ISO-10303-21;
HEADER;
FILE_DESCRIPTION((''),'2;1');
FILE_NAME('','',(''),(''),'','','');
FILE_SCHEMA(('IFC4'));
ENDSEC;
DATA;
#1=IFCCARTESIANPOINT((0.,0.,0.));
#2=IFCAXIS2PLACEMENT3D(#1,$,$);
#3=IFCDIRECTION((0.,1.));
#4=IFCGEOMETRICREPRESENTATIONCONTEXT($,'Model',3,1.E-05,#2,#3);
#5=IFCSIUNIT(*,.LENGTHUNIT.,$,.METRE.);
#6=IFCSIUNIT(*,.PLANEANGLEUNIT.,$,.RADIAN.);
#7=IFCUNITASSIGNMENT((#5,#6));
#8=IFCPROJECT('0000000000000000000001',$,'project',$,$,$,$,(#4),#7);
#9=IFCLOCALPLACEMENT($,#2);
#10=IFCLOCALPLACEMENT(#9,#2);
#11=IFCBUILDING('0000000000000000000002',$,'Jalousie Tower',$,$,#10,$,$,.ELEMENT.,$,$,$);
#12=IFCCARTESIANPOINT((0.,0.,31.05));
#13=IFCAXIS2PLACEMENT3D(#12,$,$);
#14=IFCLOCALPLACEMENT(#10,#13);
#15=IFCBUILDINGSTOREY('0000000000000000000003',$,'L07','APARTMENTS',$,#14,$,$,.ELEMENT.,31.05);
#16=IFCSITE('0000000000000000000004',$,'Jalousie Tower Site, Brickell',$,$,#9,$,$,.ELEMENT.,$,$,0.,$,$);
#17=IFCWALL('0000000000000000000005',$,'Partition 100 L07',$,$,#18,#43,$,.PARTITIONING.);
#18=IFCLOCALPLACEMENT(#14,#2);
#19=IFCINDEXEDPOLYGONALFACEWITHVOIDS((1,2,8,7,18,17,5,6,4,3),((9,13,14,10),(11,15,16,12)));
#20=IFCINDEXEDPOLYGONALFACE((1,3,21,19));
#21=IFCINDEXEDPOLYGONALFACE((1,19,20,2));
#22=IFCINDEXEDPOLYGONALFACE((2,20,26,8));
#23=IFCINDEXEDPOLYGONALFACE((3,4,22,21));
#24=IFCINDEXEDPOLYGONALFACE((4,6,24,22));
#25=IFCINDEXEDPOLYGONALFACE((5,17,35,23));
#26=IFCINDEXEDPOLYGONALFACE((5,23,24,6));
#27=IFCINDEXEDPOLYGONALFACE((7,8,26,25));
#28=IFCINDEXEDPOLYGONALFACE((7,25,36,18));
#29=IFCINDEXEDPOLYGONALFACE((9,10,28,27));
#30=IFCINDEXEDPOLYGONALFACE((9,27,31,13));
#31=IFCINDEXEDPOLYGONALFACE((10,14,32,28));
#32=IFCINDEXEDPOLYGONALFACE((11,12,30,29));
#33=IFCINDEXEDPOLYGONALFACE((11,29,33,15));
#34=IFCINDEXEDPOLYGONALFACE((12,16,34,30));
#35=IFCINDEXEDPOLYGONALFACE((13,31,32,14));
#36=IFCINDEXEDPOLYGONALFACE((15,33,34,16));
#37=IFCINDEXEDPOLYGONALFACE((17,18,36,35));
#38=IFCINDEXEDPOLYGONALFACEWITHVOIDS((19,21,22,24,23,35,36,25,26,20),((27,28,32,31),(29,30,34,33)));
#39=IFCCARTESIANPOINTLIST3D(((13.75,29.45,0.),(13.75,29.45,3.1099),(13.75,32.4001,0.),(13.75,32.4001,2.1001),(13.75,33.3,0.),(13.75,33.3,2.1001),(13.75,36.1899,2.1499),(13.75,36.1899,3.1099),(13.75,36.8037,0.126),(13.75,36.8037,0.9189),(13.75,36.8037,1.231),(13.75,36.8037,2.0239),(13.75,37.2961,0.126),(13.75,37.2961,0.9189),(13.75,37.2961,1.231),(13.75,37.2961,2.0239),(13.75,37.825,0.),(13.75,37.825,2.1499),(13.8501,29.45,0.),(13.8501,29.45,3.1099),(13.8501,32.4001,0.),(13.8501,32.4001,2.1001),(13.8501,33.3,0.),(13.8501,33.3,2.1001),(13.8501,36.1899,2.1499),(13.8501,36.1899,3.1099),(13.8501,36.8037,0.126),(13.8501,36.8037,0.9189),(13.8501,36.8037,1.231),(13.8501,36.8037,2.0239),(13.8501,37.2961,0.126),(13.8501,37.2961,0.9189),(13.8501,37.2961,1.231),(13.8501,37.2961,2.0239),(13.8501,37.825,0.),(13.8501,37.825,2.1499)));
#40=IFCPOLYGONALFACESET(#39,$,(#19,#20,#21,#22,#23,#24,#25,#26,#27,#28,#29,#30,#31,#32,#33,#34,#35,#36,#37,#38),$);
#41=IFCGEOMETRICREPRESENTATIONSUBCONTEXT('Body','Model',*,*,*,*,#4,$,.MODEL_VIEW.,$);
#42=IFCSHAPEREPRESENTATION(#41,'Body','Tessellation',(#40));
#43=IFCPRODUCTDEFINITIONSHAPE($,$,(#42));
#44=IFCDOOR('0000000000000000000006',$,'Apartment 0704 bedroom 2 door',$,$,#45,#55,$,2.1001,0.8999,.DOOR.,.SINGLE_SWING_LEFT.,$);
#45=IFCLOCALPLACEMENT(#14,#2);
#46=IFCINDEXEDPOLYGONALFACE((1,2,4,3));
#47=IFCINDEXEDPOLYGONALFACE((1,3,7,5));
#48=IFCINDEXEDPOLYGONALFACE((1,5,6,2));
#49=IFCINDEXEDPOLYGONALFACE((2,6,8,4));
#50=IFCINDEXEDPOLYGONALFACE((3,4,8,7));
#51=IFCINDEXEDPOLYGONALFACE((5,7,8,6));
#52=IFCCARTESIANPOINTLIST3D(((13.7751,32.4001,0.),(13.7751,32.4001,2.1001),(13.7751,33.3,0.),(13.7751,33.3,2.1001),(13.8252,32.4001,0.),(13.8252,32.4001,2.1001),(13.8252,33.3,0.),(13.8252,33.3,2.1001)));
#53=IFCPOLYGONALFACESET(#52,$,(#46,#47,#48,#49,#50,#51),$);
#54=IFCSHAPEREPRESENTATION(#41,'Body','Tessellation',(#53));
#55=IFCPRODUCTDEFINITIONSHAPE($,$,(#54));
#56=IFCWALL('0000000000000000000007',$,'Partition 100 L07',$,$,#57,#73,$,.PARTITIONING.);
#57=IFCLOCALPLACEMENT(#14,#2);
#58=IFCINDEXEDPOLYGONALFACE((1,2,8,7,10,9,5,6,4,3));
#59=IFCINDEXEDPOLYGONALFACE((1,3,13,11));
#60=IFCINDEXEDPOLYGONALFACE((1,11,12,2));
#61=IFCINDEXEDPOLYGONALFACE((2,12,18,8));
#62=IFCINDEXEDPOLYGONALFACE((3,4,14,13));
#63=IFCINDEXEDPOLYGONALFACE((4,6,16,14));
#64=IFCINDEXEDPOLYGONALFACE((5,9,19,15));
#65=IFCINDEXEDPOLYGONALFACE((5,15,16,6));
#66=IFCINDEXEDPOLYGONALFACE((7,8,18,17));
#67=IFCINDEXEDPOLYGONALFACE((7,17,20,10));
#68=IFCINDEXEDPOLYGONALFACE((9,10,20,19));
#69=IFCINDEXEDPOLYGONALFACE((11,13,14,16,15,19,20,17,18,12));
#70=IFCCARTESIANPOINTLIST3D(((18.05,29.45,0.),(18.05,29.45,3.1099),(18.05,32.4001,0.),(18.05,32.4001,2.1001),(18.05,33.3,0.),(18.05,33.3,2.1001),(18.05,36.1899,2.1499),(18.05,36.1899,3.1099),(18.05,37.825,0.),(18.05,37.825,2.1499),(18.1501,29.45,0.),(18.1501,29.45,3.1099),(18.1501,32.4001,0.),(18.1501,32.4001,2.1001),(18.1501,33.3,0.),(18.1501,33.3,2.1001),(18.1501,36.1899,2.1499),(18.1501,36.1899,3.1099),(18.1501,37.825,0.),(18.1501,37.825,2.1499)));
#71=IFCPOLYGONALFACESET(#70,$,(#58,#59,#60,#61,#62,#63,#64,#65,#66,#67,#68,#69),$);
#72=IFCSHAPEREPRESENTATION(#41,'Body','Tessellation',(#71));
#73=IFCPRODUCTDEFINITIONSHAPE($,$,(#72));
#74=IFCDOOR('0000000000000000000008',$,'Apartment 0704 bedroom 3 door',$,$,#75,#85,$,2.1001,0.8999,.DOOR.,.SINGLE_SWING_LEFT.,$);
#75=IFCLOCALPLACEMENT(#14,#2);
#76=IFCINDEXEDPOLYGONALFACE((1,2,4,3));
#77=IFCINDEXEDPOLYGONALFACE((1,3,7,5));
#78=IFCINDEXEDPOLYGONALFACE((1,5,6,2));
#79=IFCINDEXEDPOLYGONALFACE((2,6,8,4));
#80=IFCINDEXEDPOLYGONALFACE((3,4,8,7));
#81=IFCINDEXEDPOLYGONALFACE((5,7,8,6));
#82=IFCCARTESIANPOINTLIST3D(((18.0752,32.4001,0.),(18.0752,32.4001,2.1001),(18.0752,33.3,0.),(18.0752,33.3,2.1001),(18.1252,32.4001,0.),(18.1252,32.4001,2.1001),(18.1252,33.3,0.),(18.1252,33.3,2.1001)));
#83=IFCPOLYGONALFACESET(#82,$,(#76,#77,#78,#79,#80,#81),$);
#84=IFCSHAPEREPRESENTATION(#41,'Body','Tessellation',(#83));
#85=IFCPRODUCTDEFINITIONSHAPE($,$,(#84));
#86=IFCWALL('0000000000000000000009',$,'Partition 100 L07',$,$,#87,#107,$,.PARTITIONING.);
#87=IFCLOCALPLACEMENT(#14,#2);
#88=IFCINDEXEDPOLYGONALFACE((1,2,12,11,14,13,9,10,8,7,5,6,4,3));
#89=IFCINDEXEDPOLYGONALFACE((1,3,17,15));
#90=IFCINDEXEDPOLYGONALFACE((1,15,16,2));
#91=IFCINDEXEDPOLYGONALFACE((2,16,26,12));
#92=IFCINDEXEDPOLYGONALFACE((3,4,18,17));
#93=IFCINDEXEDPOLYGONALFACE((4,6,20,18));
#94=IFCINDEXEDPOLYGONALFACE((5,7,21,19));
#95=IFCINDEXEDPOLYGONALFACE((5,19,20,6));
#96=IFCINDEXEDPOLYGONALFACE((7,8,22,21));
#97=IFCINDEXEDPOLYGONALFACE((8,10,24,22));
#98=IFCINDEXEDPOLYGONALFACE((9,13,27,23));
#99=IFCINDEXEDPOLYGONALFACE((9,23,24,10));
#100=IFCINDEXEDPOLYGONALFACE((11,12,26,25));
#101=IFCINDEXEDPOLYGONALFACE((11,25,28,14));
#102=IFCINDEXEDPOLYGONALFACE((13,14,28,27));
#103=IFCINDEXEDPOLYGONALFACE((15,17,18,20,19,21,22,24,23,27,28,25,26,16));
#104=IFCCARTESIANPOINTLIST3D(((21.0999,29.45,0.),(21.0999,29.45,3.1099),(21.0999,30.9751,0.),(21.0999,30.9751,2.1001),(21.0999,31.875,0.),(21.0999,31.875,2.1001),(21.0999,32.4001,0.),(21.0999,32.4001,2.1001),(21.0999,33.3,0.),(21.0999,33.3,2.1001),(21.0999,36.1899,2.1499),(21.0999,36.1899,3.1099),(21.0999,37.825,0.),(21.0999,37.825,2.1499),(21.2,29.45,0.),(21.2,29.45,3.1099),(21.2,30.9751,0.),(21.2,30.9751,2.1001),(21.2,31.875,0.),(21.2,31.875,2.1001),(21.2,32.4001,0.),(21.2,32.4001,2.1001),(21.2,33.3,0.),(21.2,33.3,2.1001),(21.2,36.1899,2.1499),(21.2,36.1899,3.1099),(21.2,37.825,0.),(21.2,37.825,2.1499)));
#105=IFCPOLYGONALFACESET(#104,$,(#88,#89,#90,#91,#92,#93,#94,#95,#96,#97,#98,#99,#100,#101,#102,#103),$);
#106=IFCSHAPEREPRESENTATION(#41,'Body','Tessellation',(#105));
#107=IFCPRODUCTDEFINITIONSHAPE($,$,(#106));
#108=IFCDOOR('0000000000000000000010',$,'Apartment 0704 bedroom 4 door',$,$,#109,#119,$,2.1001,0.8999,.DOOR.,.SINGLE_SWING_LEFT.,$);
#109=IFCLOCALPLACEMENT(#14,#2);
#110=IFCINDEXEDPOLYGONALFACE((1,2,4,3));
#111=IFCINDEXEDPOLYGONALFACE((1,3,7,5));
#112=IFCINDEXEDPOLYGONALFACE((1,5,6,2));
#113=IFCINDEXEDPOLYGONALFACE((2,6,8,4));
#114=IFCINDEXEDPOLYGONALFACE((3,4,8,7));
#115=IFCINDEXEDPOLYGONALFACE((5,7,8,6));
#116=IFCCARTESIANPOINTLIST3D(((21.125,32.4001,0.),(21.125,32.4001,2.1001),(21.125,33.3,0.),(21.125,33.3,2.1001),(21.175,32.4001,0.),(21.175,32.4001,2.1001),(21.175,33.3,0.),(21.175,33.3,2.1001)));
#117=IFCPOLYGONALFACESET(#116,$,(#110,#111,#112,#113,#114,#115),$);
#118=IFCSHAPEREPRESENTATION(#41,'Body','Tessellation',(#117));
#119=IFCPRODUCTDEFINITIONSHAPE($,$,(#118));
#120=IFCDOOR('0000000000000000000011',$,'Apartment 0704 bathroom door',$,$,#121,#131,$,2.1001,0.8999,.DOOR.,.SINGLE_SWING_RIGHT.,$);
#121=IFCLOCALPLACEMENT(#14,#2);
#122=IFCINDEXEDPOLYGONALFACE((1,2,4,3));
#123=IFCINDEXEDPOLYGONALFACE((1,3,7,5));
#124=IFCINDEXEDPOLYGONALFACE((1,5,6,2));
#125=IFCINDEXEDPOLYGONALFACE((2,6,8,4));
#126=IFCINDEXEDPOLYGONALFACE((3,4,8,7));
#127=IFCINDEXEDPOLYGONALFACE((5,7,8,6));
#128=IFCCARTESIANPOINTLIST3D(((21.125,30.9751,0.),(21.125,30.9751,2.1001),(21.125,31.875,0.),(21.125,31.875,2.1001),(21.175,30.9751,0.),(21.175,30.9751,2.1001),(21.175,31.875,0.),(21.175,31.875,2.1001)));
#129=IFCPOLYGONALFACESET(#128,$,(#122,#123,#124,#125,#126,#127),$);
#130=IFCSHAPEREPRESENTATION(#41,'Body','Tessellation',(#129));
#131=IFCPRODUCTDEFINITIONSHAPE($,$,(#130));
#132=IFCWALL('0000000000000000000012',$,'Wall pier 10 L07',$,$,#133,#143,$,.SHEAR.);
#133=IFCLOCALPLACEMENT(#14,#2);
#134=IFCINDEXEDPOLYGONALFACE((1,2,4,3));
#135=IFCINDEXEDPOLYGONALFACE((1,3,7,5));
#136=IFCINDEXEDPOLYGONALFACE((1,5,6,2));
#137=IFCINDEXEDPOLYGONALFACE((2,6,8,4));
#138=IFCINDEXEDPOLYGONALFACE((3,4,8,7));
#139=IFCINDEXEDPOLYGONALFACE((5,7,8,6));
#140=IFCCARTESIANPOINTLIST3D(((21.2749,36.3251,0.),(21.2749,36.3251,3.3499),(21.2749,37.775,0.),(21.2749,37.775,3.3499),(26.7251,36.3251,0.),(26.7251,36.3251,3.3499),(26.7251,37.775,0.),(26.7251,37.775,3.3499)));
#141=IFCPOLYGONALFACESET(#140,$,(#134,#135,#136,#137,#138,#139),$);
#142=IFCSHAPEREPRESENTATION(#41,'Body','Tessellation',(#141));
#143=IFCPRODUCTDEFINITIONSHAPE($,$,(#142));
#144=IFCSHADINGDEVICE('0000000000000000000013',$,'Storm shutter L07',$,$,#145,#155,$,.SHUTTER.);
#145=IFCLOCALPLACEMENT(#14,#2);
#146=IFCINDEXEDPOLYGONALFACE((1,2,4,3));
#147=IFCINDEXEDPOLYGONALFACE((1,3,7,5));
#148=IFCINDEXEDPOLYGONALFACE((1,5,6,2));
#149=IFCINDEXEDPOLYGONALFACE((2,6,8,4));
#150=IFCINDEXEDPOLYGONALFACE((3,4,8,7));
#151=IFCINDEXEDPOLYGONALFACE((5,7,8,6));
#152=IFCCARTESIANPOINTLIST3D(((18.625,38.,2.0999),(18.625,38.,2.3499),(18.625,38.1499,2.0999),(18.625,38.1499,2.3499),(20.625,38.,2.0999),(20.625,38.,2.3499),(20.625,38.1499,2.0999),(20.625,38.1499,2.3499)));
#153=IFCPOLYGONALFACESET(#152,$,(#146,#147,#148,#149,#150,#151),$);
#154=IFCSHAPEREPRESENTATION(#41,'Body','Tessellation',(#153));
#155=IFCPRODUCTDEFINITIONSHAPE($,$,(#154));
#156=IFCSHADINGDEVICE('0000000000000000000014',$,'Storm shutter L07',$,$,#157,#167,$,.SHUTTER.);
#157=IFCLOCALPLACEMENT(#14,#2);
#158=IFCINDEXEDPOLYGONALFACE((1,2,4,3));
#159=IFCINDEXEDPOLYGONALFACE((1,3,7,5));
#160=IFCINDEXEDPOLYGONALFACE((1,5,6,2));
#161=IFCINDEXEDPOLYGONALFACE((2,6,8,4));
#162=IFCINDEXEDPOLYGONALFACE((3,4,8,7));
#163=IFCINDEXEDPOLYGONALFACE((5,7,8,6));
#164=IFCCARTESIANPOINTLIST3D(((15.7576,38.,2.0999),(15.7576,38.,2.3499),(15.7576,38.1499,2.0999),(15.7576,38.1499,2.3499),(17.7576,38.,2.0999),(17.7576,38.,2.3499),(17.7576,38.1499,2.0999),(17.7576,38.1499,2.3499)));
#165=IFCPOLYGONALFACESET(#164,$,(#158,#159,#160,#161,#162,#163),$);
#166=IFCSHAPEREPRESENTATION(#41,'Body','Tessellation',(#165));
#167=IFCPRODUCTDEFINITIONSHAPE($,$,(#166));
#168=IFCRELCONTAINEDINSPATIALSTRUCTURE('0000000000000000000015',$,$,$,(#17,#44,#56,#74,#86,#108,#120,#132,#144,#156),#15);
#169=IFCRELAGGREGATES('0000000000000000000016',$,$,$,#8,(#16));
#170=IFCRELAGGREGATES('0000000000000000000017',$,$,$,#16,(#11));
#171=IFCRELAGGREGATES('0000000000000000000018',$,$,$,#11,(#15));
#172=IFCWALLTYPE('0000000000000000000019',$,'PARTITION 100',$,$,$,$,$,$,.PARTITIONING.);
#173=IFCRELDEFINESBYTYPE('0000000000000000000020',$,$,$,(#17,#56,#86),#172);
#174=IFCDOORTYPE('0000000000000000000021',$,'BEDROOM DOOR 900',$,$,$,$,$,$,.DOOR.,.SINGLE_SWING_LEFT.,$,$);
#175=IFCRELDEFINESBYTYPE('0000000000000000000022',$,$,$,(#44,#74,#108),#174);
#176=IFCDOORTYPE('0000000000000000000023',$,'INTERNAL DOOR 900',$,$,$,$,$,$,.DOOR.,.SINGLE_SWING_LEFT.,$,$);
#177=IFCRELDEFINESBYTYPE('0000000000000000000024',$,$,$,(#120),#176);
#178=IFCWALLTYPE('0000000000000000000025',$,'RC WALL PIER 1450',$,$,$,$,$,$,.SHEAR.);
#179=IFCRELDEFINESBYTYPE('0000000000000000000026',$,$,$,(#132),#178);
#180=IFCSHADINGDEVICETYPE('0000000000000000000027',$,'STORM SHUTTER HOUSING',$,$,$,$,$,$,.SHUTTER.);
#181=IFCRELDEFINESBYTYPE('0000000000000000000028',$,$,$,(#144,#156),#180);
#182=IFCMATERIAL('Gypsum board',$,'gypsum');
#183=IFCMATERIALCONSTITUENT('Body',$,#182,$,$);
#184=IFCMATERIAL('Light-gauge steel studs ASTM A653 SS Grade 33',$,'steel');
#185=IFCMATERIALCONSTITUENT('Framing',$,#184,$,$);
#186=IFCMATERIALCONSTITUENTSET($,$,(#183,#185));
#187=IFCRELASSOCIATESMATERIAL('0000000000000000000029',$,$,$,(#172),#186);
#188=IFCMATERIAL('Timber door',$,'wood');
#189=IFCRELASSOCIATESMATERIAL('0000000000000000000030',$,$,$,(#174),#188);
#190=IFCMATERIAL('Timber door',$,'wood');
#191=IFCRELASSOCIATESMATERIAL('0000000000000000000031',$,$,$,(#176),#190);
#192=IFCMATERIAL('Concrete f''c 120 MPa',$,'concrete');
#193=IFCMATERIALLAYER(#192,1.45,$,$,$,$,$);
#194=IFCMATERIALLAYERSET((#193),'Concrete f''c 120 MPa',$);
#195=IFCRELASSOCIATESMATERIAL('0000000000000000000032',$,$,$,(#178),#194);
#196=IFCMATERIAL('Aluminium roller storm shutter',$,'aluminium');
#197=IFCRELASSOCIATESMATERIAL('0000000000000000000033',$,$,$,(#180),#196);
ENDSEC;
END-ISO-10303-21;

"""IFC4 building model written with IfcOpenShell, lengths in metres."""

from ifc_helpers import new_model, si_unit, direction, frame, frame_2d, origin, origin_2d, place, context, subcontext, project, spatial, polyline, rectangle, outline, extrude, material, layer, layer_set, constituent, constituent_set, type_object, element, fill, save


model = new_model("IFC4")

# Units and contexts
model_context = context("Model", 3, precision=1e-05, world=origin(), true_north=direction((0.0, 1.0)))
body_context = subcontext(model_context, "Body", "Model", "MODEL_VIEW")
ifc_project = project(units=[si_unit("LENGTHUNIT", "METRE"), si_unit("PLANEANGLEUNIT", "RADIAN")], contexts=[model_context])

# Site, building, storey
site_placement = place(None, origin())
site = spatial("IfcSite", under=ifc_project, at=site_placement, Name="Jalousie Tower Site, Brickell", CompositionType="ELEMENT", RefElevation=0.0)
building_placement = place(site_placement, origin())
building = spatial("IfcBuilding", under=site, at=building_placement, Name="Jalousie Tower", CompositionType="ELEMENT")
storey_placement = place(building_placement, frame((0.0, 0.0, 31.05)))
storey = spatial("IfcBuildingStorey", under=building, at=storey_placement, Name="L07", Description="APARTMENTS", CompositionType="ELEMENT", Elevation=31.05)

# Walls, openings, doors
ifc_material_1 = material(Name="Gypsum board", Category="gypsum")
ifc_constituent_1 = constituent(ifc_material_1, Name="Body")
ifc_material_2 = material(Name="Light-gauge steel studs ASTM A653 SS Grade 33", Category="steel")
ifc_constituent_2 = constituent(ifc_material_2, Name="Framing")
ifc_constituent_set = constituent_set(constituents=[ifc_constituent_1, ifc_constituent_2])
wall_type_1 = type_object("IfcWallType", Name="PARTITION 100", PredefinedType="PARTITIONING", material=ifc_constituent_set)
wall_1_placement = place(storey_placement, frame((13.8, 37.825, 0.0), z_axis=(0.0, 0.0, 1.0), x_axis=(0.0, -1.0, 0.0)))
wall_1 = element("IfcWall", 1, at=wall_1_placement, inside=storey, type_object=wall_type_1, Name="Partition 100 L07", PredefinedType="PARTITIONING", context=body_context, shape_type="SweptSolid", body=[
    extrude(outline(polyline([(1.635, 2.1499), (0.0, 2.1499), (0.0, 0.0), (8.375, 0.0), (8.375, 3.1099), (1.635, 3.1099), (1.635, 2.1499)]), holes=[polyline([(1.0212, 0.126), (0.5288, 0.126), (0.5288, 0.9189), (1.0212, 0.9189), (1.0212, 0.126)]), polyline([(1.0212, 1.231), (0.5288, 1.231), (0.5288, 2.0239), (1.0212, 2.0239), (1.0212, 1.231)])]), frame((0.0, 0.05, 0.0), z_axis=(0.0, -1.0, 0.0), x_axis=(1.0, 0.0, 0.0)), (0.0, 0.0, 1.0), 0.1001),
])
opening_1_placement = place(wall_1_placement, frame((4.5249, 0.0, 0.0)))
opening_1 = element("IfcOpeningElement", 2, at=opening_1_placement, cuts=wall_1, PredefinedType="OPENING", context=body_context, shape_type="SweptSolid", body=[
    extrude(rectangle(XDim=0.8999, YDim=2.1001, at=frame_2d((0.45, 1.05))), frame((0.0, 0.0601, 0.0), z_axis=(0.0, -1.0, 0.0), x_axis=(1.0, 0.0, 0.0)), (0.0, 0.0, 1.0), 0.1201),
])
ifc_material_3 = material(Name="Timber door", Category="wood")
door_type_1 = type_object("IfcDoorType", Name="BEDROOM DOOR 900", OperationType="SINGLE_SWING_LEFT", PredefinedType="DOOR", material=ifc_material_3)
door_1_placement = place(opening_1_placement, frame((0.8999, 0.0, 0.0), z_axis=(0.0, 0.0, 1.0), x_axis=(-1.0, 0.0, 0.0)))
door_1 = element("IfcDoor", 3, at=door_1_placement, inside=storey, type_object=door_type_1, Name="Apartment 0704 bedroom 2 door", OperationType="SINGLE_SWING_LEFT", OverallHeight=2.1001, OverallWidth=0.8999, PredefinedType="DOOR", context=body_context, shape_type="SweptSolid", body=[
    extrude(rectangle(XDim=0.8999, YDim=2.1001, at=frame_2d((0.45, 1.05))), frame((0.0, 0.0249, 0.0), z_axis=(0.0, -1.0, 0.0), x_axis=(1.0, 0.0, 0.0)), (0.0, 0.0, 1.0), 0.05),
])
fill(opening_1, door_1)
wall_2_placement = place(storey_placement, frame((18.1001, 37.825, 0.0), z_axis=(0.0, 0.0, 1.0), x_axis=(0.0, -1.0, 0.0)))
wall_2 = element("IfcWall", 4, at=wall_2_placement, inside=storey, type_object=wall_type_1, Name="Partition 100 L07", PredefinedType="PARTITIONING", context=body_context, shape_type="SweptSolid", body=[
    extrude(outline(polyline([(0.0, 0.0), (8.375, 0.0), (8.375, 3.1099), (1.635, 3.1099), (1.635, 2.1499), (0.0, 2.1499), (0.0, 3.1099), (0.0, 0.0)])), frame((0.0, 0.05, 0.0), z_axis=(0.0, -1.0, 0.0), x_axis=(1.0, 0.0, 0.0)), (0.0, 0.0, 1.0), 0.1001),
])
opening_2_placement = place(wall_2_placement, frame((4.5249, 0.0, 0.0)))
opening_2 = element("IfcOpeningElement", 5, at=opening_2_placement, cuts=wall_2, PredefinedType="OPENING", context=body_context, shape_type="SweptSolid", body=[
    extrude(rectangle(XDim=0.8999, YDim=2.1001, at=frame_2d((0.45, 1.05))), frame((0.0, 0.0601, 0.0), z_axis=(0.0, -1.0, 0.0), x_axis=(1.0, 0.0, 0.0)), (0.0, 0.0, 1.0), 0.1201),
])
door_2_placement = place(opening_2_placement, frame((0.8999, 0.0, 0.0), z_axis=(0.0, 0.0, 1.0), x_axis=(-1.0, 0.0, 0.0)))
door_2 = element("IfcDoor", 6, at=door_2_placement, inside=storey, type_object=door_type_1, Name="Apartment 0704 bedroom 3 door", OperationType="SINGLE_SWING_LEFT", OverallHeight=2.1001, OverallWidth=0.8999, PredefinedType="DOOR", context=body_context, shape_type="SweptSolid", body=[
    extrude(rectangle(XDim=0.8999, YDim=2.1001, at=frame_2d((0.45, 1.05))), frame((0.0, 0.0249, 0.0), z_axis=(0.0, -1.0, 0.0), x_axis=(1.0, 0.0, 0.0)), (0.0, 0.0, 1.0), 0.05),
])
fill(opening_2, door_2)

# Wall, openings, doors
wall_3_placement = place(storey_placement, frame((21.1499, 37.825, 0.0), z_axis=(0.0, 0.0, 1.0), x_axis=(0.0, -1.0, 0.0)))
wall_3 = element("IfcWall", 7, at=wall_3_placement, inside=storey, type_object=wall_type_1, Name="Partition 100 L07", PredefinedType="PARTITIONING", context=body_context, shape_type="SweptSolid", body=[
    extrude(outline(polyline([(0.0, 0.0), (8.375, 0.0), (8.375, 3.1099), (1.635, 3.1099), (1.635, 2.1499), (0.0, 2.1499), (0.0, 3.1099), (0.0, 0.0)])), frame((0.0, 0.05, 0.0), z_axis=(0.0, -1.0, 0.0), x_axis=(1.0, 0.0, 0.0)), (0.0, 0.0, 1.0), 0.1001),
])
opening_3_placement = place(wall_3_placement, frame((4.5249, 0.0, 0.0)))
opening_3 = element("IfcOpeningElement", 8, at=opening_3_placement, cuts=wall_3, PredefinedType="OPENING", context=body_context, shape_type="SweptSolid", body=[
    extrude(rectangle(XDim=0.8999, YDim=2.1001, at=frame_2d((0.45, 1.05))), frame((0.0, 0.0601, 0.0), z_axis=(0.0, -1.0, 0.0), x_axis=(1.0, 0.0, 0.0)), (0.0, 0.0, 1.0), 0.1201),
])
opening_4_placement = place(wall_3_placement, frame((5.95, 0.0, 0.0)))
opening_4 = element("IfcOpeningElement", 9, at=opening_4_placement, cuts=wall_3, PredefinedType="OPENING", context=body_context, shape_type="SweptSolid", body=[
    extrude(rectangle(XDim=0.8999, YDim=2.1001, at=frame_2d((0.45, 1.05))), frame((0.0, 0.0601, 0.0), z_axis=(0.0, -1.0, 0.0), x_axis=(1.0, 0.0, 0.0)), (0.0, 0.0, 1.0), 0.1201),
])
door_3_placement = place(opening_3_placement, frame((0.8999, 0.0, 0.0), z_axis=(0.0, 0.0, 1.0), x_axis=(-1.0, 0.0, 0.0)))
door_3 = element("IfcDoor", 10, at=door_3_placement, inside=storey, type_object=door_type_1, Name="Apartment 0704 bedroom 4 door", OperationType="SINGLE_SWING_LEFT", OverallHeight=2.1001, OverallWidth=0.8999, PredefinedType="DOOR", context=body_context, shape_type="SweptSolid", body=[
    extrude(rectangle(XDim=0.8999, YDim=2.1001, at=frame_2d((0.45, 1.05))), frame((0.0, 0.0249, 0.0), z_axis=(0.0, -1.0, 0.0), x_axis=(1.0, 0.0, 0.0)), (0.0, 0.0, 1.0), 0.05),
])
fill(opening_3, door_3)
ifc_material_4 = material(Name="Timber door", Category="wood")
door_type_2 = type_object("IfcDoorType", Name="INTERNAL DOOR 900", OperationType="SINGLE_SWING_LEFT", PredefinedType="DOOR", material=ifc_material_4)
door_4_placement = place(opening_4_placement, frame((0.8999, 0.0, 0.0), z_axis=(0.0, 0.0, 1.0), x_axis=(-1.0, 0.0, 0.0)))
door_4 = element("IfcDoor", 11, at=door_4_placement, inside=storey, type_object=door_type_2, Name="Apartment 0704 bathroom door", OperationType="SINGLE_SWING_RIGHT", OverallHeight=2.1001, OverallWidth=0.8999, PredefinedType="DOOR", context=body_context, shape_type="SweptSolid", body=[
    extrude(rectangle(XDim=0.8999, YDim=2.1001, at=frame_2d((0.45, 1.05))), frame((0.0, 0.0249, 0.0), z_axis=(0.0, -1.0, 0.0), x_axis=(1.0, 0.0, 0.0)), (0.0, 0.0, 1.0), 0.05),
])
fill(opening_4, door_4)

# Wall
ifc_material_5 = material(Name="Concrete f'c 120 MPa", Category="concrete")
ifc_layer_1 = layer(ifc_material_5, 1.45)
ifc_layer_set_1 = layer_set([ifc_layer_1], Name="Concrete f'c 120 MPa")
wall_type_2 = type_object("IfcWallType", Name="RC WALL PIER 1450", PredefinedType="SHEAR", material=ifc_layer_set_1)
wall_4_placement = place(storey_placement, frame((21.2749, 37.05, 0.0), z_axis=(0.0, 0.0, 1.0), x_axis=(1.0, 0.0, 0.0)))
element("IfcWall", 12, at=wall_4_placement, inside=storey, type_object=wall_type_2, Name="Wall pier 10 L07", PredefinedType="SHEAR", context=body_context, shape_type="SweptSolid", body=[
    extrude(rectangle(XDim=5.4502, YDim=1.45, at=frame_2d((2.7251, 0.0))), origin(), (0.0, 0.0, 1.0), 3.3499),
])

# Shading devices
ifc_material_6 = material(Name="Aluminium roller storm shutter", Category="aluminium")
shading_device_type = type_object("IfcShadingDeviceType", Name="STORM SHUTTER HOUSING", PredefinedType="SHUTTER", material=ifc_material_6)
for number, where, z_axis, x_axis, name in (
    (13, (19.625, 38.075, 2.0999), (0.0, 0.0, 1.0), (-1.0, 0.0, 0.0), "Storm shutter L07"),
    (14, (16.7576, 38.075, 2.0999), (0.0, 0.0, 1.0), (-1.0, 0.0, 0.0), "Storm shutter L07"),
):
    element("IfcShadingDevice", number, at=place(storey_placement, frame(where, z_axis=z_axis, x_axis=x_axis)), inside=storey, type_object=shading_device_type, Name=name, PredefinedType="SHUTTER", context=body_context, shape_type="SweptSolid", body=[
        extrude(rectangle(XDim=2.0, YDim=0.1499, at=origin_2d()), origin(), (0.0, 0.0, 1.0), 0.25),
    ])

save(model, "model.ifc")
